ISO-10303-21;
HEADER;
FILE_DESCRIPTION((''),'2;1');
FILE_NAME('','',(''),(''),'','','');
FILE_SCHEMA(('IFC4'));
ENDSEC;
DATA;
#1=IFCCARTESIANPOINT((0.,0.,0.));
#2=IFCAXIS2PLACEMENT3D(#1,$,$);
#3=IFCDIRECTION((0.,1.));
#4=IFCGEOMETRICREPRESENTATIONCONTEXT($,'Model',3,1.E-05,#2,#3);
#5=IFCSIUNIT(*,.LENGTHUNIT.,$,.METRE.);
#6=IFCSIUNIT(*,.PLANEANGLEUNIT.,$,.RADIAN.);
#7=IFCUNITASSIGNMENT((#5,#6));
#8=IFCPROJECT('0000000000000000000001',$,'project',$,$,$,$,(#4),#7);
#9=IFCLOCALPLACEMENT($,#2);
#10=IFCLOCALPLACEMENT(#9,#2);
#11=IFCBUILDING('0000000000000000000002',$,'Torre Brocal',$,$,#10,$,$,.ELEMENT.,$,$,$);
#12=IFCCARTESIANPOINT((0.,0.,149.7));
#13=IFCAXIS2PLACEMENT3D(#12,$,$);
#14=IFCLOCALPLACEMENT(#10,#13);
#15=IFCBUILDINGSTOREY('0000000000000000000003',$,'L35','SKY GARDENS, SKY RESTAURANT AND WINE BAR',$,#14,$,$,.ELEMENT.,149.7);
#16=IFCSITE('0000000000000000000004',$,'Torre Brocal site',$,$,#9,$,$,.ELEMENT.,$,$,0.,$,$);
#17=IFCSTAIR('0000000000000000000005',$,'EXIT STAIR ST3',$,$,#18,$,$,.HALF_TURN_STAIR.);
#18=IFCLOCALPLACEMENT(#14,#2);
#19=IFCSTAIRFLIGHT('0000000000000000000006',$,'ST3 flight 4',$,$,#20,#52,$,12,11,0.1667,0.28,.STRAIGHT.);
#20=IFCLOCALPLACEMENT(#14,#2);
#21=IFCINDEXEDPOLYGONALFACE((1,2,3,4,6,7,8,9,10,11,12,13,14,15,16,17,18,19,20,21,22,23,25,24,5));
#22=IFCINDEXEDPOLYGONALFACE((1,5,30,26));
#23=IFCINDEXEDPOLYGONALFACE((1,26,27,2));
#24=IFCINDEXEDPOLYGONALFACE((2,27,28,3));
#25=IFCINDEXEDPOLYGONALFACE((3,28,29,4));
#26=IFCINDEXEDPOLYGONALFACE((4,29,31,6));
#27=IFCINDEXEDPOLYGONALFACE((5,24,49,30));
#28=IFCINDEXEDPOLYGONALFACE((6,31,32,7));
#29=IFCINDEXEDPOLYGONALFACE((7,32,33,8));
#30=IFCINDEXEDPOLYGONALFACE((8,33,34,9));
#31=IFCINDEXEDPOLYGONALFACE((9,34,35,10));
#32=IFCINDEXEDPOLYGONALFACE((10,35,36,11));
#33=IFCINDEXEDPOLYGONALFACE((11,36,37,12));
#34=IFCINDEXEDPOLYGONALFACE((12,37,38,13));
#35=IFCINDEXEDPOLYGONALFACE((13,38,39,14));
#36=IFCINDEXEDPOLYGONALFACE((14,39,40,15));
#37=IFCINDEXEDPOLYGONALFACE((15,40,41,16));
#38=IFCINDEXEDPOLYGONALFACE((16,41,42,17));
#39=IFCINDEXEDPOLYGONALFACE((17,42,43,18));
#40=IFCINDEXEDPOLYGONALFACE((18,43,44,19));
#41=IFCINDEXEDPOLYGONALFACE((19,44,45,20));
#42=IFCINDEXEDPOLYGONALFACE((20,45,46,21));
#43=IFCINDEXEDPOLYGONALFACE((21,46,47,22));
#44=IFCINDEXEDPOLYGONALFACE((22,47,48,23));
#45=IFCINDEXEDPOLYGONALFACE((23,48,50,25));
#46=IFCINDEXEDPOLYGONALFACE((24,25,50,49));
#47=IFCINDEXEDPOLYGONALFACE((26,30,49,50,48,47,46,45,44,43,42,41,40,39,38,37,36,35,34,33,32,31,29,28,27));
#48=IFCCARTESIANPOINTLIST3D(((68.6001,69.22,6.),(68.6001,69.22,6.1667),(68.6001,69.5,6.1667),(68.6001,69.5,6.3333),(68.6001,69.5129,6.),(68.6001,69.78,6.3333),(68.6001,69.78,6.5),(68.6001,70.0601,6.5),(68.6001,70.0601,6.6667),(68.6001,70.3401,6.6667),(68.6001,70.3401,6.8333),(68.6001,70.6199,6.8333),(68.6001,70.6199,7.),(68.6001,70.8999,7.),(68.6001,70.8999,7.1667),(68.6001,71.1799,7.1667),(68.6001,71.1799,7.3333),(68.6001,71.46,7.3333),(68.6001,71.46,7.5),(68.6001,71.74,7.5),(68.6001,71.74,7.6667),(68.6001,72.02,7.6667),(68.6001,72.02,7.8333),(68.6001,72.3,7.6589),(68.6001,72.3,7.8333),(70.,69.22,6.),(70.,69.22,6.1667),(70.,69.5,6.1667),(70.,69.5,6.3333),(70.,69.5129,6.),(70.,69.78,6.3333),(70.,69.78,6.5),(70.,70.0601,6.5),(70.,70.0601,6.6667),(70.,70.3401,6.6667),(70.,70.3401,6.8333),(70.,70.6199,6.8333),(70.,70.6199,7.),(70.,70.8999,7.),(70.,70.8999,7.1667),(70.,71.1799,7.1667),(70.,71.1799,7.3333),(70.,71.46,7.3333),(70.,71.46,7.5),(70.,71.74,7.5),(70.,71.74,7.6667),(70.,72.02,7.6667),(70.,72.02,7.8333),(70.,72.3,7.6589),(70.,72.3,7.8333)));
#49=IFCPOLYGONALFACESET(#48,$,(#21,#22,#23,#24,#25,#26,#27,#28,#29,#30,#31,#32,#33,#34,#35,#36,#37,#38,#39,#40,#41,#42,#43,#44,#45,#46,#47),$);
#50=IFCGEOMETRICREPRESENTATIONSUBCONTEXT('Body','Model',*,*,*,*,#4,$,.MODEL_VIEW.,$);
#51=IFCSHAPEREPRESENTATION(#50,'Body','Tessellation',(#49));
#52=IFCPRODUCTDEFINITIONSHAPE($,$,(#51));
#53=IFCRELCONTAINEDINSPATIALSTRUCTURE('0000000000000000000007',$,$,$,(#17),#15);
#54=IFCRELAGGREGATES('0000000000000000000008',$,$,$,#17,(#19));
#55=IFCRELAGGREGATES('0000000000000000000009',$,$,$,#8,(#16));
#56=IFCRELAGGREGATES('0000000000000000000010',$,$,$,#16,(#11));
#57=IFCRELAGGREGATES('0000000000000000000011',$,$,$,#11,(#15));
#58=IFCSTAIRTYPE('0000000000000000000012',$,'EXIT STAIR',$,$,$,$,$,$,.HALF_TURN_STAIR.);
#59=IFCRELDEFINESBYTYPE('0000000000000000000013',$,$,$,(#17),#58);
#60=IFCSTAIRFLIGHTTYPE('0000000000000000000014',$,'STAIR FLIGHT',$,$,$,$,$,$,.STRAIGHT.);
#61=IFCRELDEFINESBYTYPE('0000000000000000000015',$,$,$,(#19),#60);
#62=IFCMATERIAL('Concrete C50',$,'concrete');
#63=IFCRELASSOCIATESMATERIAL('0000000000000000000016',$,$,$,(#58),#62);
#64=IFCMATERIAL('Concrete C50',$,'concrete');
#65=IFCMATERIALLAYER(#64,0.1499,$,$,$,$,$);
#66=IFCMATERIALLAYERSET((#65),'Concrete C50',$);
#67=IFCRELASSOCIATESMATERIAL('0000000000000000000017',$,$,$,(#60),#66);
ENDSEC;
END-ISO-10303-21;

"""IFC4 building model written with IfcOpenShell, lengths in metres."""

from ifc_helpers import new_model, si_unit, direction, frame, origin, place, context, subcontext, project, spatial, polyline, outline, extrude, material, layer, layer_set, type_object, element, aggregate, save


model = new_model("IFC4")

# Units and contexts
model_context = context("Model", 3, precision=1e-05, world=origin(), true_north=direction((0.0, 1.0)))
body_context = subcontext(model_context, "Body", "Model", "MODEL_VIEW")
ifc_project = project(units=[si_unit("LENGTHUNIT", "METRE"), si_unit("PLANEANGLEUNIT", "RADIAN")], contexts=[model_context])

# Site, building, storey
site_placement = place(None, origin())
site = spatial("IfcSite", under=ifc_project, at=site_placement, Name="Torre Brocal site", CompositionType="ELEMENT", RefElevation=0.0)
building_placement = place(site_placement, origin())
building = spatial("IfcBuilding", under=site, at=building_placement, Name="Torre Brocal", CompositionType="ELEMENT")
storey_placement = place(building_placement, frame((0.0, 0.0, 149.7)))
storey = spatial("IfcBuildingStorey", under=building, at=storey_placement, Name="L35", Description="SKY GARDENS, SKY RESTAURANT AND WINE BAR", CompositionType="ELEMENT", Elevation=149.7)

# Stair, stair flight
ifc_material_1 = material(Name="Concrete C50", Category="concrete")
stair_type = type_object("IfcStairType", Name="EXIT STAIR", PredefinedType="HALF_TURN_STAIR", material=ifc_material_1)
stair_placement = place(storey_placement, origin())
stair = element("IfcStair", 1, at=stair_placement, inside=storey, type_object=stair_type, Name="EXIT STAIR ST3", PredefinedType="HALF_TURN_STAIR")
ifc_material_2 = material(Name="Concrete C50", Category="concrete")
ifc_layer_1 = layer(ifc_material_2, 0.1499)
ifc_layer_set_1 = layer_set([ifc_layer_1], Name="Concrete C50")
stair_flight_type = type_object("IfcStairFlightType", Name="STAIR FLIGHT", PredefinedType="STRAIGHT", material=ifc_layer_set_1)
stair_flight_1_placement = place(storey_placement, frame((69.3, 69.22, 6.0), z_axis=(0.0, 0.0, 1.0), x_axis=(0.0, 1.0, 0.0)))
stair_flight_1 = element("IfcStairFlight", 2, at=stair_flight_1_placement, type_object=stair_flight_type, Name="ST3 flight 4", NumberOfRisers=12, NumberOfTreads=11, PredefinedType="STRAIGHT", RiserHeight=0.1667, TreadLength=0.28, context=body_context, shape_type="SweptSolid", body=[
    extrude(outline(polyline([(0.0, 0.0), (0.0, 0.1667), (0.28, 0.1667), (0.28, 0.3333), (0.5601, 0.3333), (0.5601, 0.5), (0.8401, 0.5), (0.8401, 0.6667), (1.1201, 0.6667), (1.1201, 0.8333), (1.3999, 0.8333), (1.3999, 1.0), (1.6799, 1.0), (1.6799, 1.1667), (1.96, 1.1667), (1.96, 1.3333), (2.24, 1.3333), (2.24, 1.5), (2.52, 1.5), (2.52, 1.6667), (2.8, 1.6667), (2.8, 1.8333), (3.0801, 1.8333), (3.0801, 2.0), (3.0801, 1.6589), (0.293, 0.0), (0.0, 0.0)])), frame((0.0, 0.7, 0.0), z_axis=(0.0, -1.0, 0.0), x_axis=(1.0, 0.0, 0.0)), (0.0, 0.0, 1.0), 1.3999),
])
aggregate(stair, [stair_flight_1])

save(model, "model.ifc")
